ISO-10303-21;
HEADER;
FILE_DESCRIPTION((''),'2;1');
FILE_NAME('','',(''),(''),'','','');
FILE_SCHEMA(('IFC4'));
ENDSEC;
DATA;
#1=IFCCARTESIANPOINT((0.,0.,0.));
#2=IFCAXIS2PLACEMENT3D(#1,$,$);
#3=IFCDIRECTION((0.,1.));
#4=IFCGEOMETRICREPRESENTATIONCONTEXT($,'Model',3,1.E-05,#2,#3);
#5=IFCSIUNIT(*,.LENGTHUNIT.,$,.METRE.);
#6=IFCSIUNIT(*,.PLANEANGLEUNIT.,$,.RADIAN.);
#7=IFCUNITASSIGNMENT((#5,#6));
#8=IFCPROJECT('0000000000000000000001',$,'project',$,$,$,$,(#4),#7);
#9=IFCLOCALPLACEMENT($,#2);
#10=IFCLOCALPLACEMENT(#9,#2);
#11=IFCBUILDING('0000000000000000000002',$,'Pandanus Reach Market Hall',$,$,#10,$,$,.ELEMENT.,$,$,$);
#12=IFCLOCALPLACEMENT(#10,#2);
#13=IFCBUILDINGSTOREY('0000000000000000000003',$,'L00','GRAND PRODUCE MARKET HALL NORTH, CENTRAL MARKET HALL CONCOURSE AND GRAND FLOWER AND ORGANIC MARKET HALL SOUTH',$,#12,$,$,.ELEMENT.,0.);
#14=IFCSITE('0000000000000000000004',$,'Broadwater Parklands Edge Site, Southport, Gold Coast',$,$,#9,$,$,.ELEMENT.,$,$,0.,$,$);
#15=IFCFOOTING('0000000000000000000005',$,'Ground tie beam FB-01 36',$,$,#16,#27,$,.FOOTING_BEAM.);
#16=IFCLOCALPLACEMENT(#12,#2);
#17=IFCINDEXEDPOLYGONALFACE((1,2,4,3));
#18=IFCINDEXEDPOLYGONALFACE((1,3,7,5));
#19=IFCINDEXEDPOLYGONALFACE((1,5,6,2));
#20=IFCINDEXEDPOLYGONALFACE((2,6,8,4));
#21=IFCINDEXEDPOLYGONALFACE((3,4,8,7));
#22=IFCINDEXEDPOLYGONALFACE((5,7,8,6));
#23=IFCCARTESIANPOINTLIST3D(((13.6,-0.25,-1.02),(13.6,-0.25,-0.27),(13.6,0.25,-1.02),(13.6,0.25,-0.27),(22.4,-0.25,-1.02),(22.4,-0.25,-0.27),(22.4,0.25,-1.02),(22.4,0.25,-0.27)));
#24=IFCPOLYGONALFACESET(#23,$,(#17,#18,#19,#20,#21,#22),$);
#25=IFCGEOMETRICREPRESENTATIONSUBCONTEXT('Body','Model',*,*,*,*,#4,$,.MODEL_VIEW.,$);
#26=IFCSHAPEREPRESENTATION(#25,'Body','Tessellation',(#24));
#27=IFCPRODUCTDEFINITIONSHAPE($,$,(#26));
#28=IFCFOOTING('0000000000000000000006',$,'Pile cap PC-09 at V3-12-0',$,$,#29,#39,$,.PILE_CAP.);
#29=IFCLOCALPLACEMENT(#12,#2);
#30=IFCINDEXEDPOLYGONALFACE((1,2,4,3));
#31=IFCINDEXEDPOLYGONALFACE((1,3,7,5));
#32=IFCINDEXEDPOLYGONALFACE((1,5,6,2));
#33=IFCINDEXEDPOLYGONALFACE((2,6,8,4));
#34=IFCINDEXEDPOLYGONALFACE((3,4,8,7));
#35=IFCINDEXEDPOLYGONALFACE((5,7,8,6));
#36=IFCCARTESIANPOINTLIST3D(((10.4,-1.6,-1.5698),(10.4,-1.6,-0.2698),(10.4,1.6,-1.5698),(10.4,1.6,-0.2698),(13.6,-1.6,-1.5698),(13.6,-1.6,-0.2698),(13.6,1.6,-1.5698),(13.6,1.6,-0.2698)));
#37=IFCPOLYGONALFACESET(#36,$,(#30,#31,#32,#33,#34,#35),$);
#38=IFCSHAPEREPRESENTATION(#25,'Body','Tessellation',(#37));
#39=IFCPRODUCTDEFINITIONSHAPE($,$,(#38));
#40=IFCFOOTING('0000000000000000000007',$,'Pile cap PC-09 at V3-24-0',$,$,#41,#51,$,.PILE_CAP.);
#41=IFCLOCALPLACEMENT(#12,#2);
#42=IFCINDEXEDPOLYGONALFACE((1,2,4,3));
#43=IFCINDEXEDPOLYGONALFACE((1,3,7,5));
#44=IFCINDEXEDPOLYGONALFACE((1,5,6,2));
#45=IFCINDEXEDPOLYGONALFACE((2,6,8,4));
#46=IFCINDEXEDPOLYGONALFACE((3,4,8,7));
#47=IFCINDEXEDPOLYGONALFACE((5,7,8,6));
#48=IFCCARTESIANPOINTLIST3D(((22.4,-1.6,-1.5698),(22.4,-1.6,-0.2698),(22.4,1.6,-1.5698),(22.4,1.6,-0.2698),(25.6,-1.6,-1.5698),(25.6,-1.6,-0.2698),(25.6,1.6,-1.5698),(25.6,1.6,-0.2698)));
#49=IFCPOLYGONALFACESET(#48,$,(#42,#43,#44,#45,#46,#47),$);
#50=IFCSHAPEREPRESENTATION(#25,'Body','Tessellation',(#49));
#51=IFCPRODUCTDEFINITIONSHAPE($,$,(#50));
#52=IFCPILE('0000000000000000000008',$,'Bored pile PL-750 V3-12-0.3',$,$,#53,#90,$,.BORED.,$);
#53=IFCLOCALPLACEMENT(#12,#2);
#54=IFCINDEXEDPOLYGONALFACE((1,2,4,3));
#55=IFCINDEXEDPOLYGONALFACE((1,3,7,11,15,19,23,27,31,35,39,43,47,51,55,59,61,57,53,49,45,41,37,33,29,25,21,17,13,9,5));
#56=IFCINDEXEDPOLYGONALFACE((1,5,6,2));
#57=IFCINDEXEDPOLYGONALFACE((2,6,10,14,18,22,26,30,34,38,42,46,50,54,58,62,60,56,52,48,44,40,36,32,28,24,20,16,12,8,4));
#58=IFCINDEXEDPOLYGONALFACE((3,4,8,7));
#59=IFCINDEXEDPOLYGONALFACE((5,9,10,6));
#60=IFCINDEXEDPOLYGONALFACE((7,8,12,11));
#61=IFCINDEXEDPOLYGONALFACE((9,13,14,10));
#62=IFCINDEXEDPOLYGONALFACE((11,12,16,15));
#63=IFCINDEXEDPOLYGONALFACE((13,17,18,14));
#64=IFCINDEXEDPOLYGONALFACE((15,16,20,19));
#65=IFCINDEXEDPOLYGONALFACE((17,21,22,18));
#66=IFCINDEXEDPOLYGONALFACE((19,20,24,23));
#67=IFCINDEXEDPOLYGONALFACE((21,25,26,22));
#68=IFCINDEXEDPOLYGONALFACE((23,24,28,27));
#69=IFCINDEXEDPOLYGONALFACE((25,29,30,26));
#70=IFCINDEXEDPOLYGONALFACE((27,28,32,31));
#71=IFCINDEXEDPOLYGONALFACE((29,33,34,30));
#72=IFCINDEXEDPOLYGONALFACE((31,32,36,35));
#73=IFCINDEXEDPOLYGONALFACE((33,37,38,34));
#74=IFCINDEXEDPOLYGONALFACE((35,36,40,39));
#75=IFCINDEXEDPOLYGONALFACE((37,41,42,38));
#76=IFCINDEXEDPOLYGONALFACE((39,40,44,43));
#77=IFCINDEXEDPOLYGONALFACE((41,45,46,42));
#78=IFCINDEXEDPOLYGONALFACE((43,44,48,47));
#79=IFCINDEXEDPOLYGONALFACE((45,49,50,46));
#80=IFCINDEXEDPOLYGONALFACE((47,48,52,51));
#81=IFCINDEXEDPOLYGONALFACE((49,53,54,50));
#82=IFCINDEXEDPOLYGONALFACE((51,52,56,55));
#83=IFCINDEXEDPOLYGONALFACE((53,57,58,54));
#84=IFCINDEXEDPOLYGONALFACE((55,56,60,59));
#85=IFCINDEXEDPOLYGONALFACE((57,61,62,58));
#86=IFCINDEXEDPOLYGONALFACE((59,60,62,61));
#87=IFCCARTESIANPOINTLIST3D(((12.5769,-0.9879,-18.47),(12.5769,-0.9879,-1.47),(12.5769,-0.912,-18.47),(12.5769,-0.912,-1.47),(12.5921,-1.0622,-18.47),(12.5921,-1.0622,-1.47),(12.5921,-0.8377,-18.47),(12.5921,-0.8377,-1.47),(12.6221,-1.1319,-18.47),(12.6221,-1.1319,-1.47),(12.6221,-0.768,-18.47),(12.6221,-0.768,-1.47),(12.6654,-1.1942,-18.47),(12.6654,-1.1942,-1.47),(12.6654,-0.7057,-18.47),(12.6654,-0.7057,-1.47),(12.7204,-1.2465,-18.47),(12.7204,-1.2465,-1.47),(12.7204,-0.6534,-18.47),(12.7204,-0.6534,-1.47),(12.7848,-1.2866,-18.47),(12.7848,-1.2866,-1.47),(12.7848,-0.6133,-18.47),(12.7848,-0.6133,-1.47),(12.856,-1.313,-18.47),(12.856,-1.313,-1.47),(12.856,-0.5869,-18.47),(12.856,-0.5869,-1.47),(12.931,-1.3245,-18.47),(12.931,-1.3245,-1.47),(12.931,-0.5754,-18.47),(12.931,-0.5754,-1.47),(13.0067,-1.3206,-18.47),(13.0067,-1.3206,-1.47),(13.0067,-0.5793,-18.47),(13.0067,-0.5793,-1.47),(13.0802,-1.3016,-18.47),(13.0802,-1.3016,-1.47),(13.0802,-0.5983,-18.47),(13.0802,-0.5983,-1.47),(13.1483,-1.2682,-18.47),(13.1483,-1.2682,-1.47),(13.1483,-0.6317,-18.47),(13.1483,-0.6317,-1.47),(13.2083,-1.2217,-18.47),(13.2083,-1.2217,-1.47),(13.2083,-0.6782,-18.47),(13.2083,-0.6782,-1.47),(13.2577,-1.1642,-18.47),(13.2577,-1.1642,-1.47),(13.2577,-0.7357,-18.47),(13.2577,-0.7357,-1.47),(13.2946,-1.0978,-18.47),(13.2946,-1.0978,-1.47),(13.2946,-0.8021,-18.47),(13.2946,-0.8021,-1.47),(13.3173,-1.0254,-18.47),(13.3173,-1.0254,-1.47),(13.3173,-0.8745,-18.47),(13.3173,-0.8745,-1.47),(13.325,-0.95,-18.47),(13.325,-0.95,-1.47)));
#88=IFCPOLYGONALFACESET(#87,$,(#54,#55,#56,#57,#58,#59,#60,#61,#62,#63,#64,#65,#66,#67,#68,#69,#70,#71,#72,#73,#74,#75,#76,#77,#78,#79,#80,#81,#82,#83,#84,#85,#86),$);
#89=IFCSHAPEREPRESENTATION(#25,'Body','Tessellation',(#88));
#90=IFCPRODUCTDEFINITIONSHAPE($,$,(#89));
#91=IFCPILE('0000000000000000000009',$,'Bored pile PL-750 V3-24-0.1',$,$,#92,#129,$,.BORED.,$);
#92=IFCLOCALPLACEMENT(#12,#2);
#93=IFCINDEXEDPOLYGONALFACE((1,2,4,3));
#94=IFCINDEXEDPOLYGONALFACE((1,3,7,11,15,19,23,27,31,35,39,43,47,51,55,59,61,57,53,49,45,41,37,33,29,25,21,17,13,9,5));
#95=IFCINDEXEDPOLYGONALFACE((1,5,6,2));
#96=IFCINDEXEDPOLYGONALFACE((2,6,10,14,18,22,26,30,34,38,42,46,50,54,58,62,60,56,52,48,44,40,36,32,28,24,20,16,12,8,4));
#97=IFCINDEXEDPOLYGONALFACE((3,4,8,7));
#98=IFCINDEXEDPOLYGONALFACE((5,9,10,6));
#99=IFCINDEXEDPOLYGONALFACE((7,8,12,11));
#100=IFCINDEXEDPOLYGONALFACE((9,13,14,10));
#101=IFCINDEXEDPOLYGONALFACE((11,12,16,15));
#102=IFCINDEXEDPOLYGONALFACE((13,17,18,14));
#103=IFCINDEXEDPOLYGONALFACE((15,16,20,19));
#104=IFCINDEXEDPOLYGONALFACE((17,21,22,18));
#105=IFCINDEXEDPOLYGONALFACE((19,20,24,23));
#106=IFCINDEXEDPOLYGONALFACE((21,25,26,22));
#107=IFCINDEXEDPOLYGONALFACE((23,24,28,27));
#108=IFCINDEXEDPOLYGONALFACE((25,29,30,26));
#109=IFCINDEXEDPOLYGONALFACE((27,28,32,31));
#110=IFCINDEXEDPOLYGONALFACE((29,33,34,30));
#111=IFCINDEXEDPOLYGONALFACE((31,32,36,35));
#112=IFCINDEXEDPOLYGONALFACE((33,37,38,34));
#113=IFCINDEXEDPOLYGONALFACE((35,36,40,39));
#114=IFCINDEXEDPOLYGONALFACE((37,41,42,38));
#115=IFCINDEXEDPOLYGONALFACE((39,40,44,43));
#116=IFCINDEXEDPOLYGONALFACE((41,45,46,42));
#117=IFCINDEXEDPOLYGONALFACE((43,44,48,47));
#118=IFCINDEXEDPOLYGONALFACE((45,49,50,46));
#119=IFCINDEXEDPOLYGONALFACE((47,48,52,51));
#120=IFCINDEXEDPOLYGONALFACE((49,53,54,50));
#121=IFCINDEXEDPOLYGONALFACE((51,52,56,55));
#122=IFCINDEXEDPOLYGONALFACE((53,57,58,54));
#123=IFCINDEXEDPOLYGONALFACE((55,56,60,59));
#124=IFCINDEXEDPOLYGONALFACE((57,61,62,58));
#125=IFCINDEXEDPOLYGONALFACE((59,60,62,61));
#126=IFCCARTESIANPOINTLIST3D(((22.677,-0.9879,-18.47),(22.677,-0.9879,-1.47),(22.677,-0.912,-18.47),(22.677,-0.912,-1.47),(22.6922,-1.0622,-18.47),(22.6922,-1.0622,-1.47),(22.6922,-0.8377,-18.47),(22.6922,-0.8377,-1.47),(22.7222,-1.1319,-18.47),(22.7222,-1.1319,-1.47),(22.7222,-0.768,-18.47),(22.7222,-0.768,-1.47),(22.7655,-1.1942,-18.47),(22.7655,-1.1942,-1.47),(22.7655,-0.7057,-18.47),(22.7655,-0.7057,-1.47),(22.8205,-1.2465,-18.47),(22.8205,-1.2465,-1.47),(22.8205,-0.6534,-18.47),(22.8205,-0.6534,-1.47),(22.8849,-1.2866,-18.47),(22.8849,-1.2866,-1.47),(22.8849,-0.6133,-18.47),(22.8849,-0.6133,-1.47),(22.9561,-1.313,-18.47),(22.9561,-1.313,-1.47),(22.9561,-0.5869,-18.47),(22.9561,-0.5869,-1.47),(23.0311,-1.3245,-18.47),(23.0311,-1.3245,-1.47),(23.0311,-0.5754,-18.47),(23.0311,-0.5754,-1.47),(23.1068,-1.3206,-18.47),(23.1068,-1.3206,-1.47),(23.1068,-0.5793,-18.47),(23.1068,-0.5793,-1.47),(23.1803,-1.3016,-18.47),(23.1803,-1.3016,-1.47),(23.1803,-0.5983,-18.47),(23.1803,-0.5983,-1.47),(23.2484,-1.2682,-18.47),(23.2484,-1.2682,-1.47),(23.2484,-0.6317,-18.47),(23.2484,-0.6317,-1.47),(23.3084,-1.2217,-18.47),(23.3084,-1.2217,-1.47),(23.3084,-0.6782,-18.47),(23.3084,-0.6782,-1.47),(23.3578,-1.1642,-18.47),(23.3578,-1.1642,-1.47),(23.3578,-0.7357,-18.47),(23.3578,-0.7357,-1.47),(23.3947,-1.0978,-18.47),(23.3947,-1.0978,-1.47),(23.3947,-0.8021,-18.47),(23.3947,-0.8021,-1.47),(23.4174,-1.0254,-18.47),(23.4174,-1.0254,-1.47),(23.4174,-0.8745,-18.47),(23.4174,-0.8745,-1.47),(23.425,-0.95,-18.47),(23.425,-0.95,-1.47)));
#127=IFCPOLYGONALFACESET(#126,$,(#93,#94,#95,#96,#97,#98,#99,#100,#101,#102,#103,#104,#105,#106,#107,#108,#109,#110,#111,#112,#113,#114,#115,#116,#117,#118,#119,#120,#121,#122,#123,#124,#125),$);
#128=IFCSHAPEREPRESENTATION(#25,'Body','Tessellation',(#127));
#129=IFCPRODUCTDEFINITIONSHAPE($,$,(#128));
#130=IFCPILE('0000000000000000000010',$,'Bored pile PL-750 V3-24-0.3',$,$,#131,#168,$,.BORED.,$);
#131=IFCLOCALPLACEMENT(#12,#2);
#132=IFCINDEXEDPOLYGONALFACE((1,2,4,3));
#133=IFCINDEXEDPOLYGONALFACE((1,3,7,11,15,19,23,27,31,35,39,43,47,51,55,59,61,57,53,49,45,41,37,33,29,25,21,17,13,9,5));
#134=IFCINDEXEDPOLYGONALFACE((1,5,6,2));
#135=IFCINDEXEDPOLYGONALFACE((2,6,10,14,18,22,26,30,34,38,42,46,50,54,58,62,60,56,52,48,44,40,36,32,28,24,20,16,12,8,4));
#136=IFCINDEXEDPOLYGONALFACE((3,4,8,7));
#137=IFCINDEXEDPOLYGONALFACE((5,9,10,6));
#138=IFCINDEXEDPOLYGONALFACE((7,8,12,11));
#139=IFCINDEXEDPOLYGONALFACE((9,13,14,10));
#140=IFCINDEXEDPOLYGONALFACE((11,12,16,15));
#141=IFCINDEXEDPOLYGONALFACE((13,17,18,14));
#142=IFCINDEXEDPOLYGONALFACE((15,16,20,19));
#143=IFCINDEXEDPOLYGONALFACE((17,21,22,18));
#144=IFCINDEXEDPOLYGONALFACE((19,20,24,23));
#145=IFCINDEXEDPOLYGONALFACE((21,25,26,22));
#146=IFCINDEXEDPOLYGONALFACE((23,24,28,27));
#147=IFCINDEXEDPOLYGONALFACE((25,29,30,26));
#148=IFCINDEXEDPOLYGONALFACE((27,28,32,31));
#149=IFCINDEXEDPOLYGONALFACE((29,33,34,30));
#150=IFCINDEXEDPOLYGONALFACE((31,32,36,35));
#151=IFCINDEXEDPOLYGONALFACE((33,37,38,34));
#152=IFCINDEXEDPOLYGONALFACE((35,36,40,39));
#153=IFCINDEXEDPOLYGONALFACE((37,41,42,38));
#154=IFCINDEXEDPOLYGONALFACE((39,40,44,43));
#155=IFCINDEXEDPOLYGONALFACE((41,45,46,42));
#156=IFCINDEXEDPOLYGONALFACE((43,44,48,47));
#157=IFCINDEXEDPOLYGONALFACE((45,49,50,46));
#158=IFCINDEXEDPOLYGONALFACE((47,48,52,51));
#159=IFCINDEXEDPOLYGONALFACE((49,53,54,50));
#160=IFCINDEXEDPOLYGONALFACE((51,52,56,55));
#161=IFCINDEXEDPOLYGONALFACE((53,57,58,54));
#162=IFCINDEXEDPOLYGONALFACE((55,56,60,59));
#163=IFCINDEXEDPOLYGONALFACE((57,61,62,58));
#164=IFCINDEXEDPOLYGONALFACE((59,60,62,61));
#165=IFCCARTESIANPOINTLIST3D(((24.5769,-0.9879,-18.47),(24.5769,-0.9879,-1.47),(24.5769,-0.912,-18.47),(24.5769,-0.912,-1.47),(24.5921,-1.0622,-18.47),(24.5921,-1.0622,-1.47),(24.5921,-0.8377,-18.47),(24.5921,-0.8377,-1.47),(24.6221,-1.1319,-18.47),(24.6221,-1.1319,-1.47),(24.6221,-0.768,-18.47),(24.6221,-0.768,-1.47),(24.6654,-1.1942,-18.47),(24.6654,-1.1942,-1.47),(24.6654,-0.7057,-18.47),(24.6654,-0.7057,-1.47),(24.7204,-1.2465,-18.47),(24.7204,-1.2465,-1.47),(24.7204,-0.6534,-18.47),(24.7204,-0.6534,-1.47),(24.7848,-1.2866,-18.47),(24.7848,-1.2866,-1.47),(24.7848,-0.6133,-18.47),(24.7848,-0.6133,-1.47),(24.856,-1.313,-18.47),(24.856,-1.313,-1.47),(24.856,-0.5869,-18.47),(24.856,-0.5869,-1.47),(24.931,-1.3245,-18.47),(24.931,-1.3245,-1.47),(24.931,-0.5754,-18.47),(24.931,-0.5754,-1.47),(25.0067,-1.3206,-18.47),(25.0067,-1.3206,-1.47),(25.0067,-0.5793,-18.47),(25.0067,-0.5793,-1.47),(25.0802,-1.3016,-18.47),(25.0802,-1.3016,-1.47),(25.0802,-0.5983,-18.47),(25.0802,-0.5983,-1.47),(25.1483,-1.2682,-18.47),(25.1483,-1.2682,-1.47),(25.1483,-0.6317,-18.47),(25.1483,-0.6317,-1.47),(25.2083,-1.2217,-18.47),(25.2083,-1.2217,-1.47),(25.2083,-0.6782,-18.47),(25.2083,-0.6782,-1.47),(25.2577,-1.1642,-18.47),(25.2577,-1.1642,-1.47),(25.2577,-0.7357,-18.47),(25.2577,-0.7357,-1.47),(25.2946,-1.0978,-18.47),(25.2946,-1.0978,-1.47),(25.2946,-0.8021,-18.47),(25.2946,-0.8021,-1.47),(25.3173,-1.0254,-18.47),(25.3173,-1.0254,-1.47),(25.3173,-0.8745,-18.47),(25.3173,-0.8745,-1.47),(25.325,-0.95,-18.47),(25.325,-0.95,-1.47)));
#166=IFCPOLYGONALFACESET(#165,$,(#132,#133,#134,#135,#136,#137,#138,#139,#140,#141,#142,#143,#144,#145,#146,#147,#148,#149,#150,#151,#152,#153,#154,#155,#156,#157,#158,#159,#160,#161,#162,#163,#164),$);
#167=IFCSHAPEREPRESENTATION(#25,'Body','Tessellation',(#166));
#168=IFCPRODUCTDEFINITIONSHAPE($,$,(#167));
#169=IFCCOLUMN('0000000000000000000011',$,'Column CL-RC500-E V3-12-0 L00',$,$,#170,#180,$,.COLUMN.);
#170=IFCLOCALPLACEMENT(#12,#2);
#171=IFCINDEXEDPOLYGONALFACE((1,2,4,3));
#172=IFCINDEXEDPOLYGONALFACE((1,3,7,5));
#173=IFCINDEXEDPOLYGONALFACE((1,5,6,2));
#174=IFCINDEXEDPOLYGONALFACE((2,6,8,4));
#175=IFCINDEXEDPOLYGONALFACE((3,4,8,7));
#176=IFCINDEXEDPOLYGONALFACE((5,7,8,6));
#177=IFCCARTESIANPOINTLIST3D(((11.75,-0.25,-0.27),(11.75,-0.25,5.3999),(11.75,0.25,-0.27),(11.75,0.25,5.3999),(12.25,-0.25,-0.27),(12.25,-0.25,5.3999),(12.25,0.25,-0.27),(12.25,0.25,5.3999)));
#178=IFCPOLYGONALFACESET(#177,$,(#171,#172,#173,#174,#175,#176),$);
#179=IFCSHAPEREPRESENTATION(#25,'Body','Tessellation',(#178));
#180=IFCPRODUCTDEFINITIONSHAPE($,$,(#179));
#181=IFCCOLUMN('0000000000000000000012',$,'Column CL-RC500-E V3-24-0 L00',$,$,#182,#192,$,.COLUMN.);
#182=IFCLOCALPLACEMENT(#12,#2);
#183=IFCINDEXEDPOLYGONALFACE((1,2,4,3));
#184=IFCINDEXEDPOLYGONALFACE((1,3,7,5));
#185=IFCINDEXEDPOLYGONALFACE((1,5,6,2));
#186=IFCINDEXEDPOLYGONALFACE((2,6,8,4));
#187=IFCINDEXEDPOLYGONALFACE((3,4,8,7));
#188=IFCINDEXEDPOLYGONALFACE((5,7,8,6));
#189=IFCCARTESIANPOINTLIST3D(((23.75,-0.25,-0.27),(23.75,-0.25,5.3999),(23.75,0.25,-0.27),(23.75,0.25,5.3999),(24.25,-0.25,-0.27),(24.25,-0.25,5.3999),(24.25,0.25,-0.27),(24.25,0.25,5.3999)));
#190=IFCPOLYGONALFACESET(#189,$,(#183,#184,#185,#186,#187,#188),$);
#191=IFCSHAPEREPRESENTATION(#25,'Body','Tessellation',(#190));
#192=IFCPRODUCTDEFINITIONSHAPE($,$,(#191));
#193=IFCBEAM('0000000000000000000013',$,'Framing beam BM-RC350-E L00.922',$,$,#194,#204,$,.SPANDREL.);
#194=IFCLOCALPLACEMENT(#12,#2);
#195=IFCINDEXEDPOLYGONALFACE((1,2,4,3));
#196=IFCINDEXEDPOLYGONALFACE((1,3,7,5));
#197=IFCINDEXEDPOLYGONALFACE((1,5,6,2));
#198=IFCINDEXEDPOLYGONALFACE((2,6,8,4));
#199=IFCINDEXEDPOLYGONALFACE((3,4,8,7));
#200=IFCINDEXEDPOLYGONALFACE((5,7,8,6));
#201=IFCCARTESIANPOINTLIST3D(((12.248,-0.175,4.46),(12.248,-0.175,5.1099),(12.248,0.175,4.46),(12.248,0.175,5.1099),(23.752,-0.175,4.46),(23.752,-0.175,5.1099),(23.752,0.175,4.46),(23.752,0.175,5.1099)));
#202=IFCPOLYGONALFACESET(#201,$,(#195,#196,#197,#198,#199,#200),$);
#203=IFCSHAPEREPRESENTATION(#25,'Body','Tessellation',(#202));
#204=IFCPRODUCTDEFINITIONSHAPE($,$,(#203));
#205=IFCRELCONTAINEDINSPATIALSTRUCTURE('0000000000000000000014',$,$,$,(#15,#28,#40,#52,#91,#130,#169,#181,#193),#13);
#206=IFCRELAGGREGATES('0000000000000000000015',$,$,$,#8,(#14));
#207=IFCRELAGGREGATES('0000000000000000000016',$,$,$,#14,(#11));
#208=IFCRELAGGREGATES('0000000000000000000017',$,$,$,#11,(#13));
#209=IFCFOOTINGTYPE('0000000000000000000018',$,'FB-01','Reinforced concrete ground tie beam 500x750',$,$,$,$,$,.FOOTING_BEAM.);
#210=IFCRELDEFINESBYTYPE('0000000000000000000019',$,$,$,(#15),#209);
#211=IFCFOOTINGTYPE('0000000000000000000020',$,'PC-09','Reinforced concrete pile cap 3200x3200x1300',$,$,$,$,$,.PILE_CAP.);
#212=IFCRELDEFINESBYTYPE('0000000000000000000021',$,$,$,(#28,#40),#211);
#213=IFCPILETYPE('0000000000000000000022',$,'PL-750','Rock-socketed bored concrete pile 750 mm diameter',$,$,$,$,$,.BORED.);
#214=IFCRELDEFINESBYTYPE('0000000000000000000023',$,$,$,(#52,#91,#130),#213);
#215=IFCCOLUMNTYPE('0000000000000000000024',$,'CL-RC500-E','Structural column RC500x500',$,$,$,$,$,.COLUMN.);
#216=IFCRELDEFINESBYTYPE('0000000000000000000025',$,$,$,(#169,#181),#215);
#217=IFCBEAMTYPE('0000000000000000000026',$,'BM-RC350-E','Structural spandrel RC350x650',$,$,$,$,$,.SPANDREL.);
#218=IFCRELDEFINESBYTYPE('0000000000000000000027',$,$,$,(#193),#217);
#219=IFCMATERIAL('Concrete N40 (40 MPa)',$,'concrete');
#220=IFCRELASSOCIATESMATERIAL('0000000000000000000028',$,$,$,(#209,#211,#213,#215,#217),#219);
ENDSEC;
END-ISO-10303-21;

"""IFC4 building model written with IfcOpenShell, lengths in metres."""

from ifc_helpers import new_model, si_unit, direction, frame, origin, origin_2d, place, context, subcontext, project, spatial, rectangle, circle, extrude, material, material_profile, profile_set, type_object, element, save


model = new_model("IFC4")

# Units and contexts
model_context = context("Model", 3, precision=1e-05, world=origin(), true_north=direction((0.0, 1.0)))
body_context = subcontext(model_context, "Body", "Model", "MODEL_VIEW")
ifc_project = project(units=[si_unit("LENGTHUNIT", "METRE"), si_unit("PLANEANGLEUNIT", "RADIAN")], contexts=[model_context])

# Site, building, storey
site_placement = place(None, origin())
site = spatial("IfcSite", under=ifc_project, at=site_placement, Name="Broadwater Parklands Edge Site, Southport, Gold Coast", CompositionType="ELEMENT", RefElevation=0.0)
building_placement = place(site_placement, origin())
building = spatial("IfcBuilding", under=site, at=building_placement, Name="Pandanus Reach Market Hall", CompositionType="ELEMENT")
storey_placement = place(building_placement, origin())
storey = spatial("IfcBuildingStorey", under=building, at=storey_placement, Name="L00", Description="GRAND PRODUCE MARKET HALL NORTH, CENTRAL MARKET HALL CONCOURSE AND GRAND FLOWER AND ORGANIC MARKET HALL SOUTH", CompositionType="ELEMENT", Elevation=0.0)

# Footings
ifc_material_1 = material(Name="Concrete N40 (40 MPa)", Category="concrete")
footing_type_1 = type_object("IfcFootingType", Name="FB-01", Description="Reinforced concrete ground tie beam 500x750", PredefinedType="FOOTING_BEAM", material=ifc_material_1)
footing_placement = place(storey_placement, frame((18.0, 0.0, -1.02), z_axis=(0.0, 0.0, 1.0), x_axis=(1.0, 0.0, 0.0)))
element("IfcFooting", 1, at=footing_placement, inside=storey, type_object=footing_type_1, Name="Ground tie beam FB-01 36", PredefinedType="FOOTING_BEAM", context=body_context, shape_type="SweptSolid", body=[
    extrude(rectangle(XDim=8.8, YDim=0.5, at=origin_2d()), origin(), (0.0, 0.0, 1.0), 0.75),
])
footing_type_2 = type_object("IfcFootingType", Name="PC-09", Description="Reinforced concrete pile cap 3200x3200x1300", PredefinedType="PILE_CAP", material=ifc_material_1)
for number, where, z_axis, x_axis, name in (
    (2, (12.0, 0.0, -1.5698), (0.0, 0.0, 1.0), (1.0, 0.0, 0.0), "Pile cap PC-09 at V3-12-0"),
    (3, (24.0, 0.0, -1.5698), (0.0, 0.0, 1.0), (1.0, 0.0, 0.0), "Pile cap PC-09 at V3-24-0"),
):
    element("IfcFooting", number, at=place(storey_placement, frame(where, z_axis=z_axis, x_axis=x_axis)), inside=storey, type_object=footing_type_2, Name=name, PredefinedType="PILE_CAP", context=body_context, shape_type="SweptSolid", body=[
        extrude(rectangle(XDim=3.2, YDim=3.2, at=origin_2d()), origin(), (0.0, 0.0, 1.0), 1.3),
    ])

# Piles
ifc_material_profile_1 = material_profile(ifc_material_1, circle(Radius=0.375, at=origin_2d()), Name="PILE-750D", Category="LoadBearing")
ifc_profile_set_1 = profile_set([ifc_material_profile_1], Name="Concrete N40 (40 MPa)")
pile_type = type_object("IfcPileType", Name="PL-750", Description="Rock-socketed bored concrete pile 750 mm diameter", PredefinedType="BORED", material=ifc_profile_set_1)
for number, where, z_axis, x_axis, name in (
    (4, (12.95, -0.95, -1.47), (0.0, 0.0, -1.0), (1.0, 0.0, 0.0), "Bored pile PL-750 V3-12-0.3"),
    (5, (23.05, -0.95, -1.47), (0.0, 0.0, -1.0), (1.0, 0.0, 0.0), "Bored pile PL-750 V3-24-0.1"),
    (6, (24.95, -0.95, -1.47), (0.0, 0.0, -1.0), (1.0, 0.0, 0.0), "Bored pile PL-750 V3-24-0.3"),
):
    element("IfcPile", number, at=place(storey_placement, frame(where, z_axis=z_axis, x_axis=x_axis)), inside=storey, type_object=pile_type, Name=name, PredefinedType="BORED", context=body_context, shape_type="SweptSolid", body=[
        extrude(circle(Radius=0.375, at=origin_2d()), origin(), (0.0, 0.0, 1.0), 17.0),
    ])

# Columns
ifc_material_profile_2 = material_profile(ifc_material_1, rectangle(XDim=0.5, YDim=0.5, at=origin_2d()), Name="RC500x500", Category="LoadBearing")
ifc_profile_set_2 = profile_set([ifc_material_profile_2], Name="Concrete N40 (40 MPa)")
column_type = type_object("IfcColumnType", Name="CL-RC500-E", Description="Structural column RC500x500", PredefinedType="COLUMN", material=ifc_profile_set_2)
for number, where, z_axis, x_axis, name in (
    (7, (12.0, 0.0, -0.27), (0.0, 0.0, 1.0), (1.0, 0.0, 0.0), "Column CL-RC500-E V3-12-0 L00"),
    (8, (24.0, 0.0, -0.27), (0.0, 0.0, 1.0), (1.0, 0.0, 0.0), "Column CL-RC500-E V3-24-0 L00"),
):
    element("IfcColumn", number, at=place(storey_placement, frame(where, z_axis=z_axis, x_axis=x_axis)), inside=storey, type_object=column_type, Name=name, PredefinedType="COLUMN", context=body_context, shape_type="SweptSolid", body=[
        extrude(rectangle(XDim=0.5, YDim=0.5, at=origin_2d()), origin(), (0.0, 0.0, 1.0), 5.6699),
    ])

# Beam
ifc_material_profile_3 = material_profile(ifc_material_1, rectangle(XDim=0.3501, YDim=0.6499, at=origin_2d()), Name="RC350x650", Category="LoadBearing")
ifc_profile_set_3 = profile_set([ifc_material_profile_3], Name="Concrete N40 (40 MPa)")
beam_type_1 = type_object("IfcBeamType", Name="BM-RC350-E", Description="Structural spandrel RC350x650", PredefinedType="SPANDREL", material=ifc_profile_set_3)
beam_1_placement = place(storey_placement, frame((12.248, 0.0, 4.7849), z_axis=(1.0, 0.0, 0.0), x_axis=(0.0, 1.0, 0.0)))
element("IfcBeam", 9, at=beam_1_placement, inside=storey, type_object=beam_type_1, Name="Framing beam BM-RC350-E L00.922", PredefinedType="SPANDREL", context=body_context, shape_type="SweptSolid", body=[
    extrude(rectangle(XDim=0.3501, YDim=0.6499, at=origin_2d()), origin(), (0.0, 0.0, 1.0), 11.5039),
])

save(model, "model.ifc")
